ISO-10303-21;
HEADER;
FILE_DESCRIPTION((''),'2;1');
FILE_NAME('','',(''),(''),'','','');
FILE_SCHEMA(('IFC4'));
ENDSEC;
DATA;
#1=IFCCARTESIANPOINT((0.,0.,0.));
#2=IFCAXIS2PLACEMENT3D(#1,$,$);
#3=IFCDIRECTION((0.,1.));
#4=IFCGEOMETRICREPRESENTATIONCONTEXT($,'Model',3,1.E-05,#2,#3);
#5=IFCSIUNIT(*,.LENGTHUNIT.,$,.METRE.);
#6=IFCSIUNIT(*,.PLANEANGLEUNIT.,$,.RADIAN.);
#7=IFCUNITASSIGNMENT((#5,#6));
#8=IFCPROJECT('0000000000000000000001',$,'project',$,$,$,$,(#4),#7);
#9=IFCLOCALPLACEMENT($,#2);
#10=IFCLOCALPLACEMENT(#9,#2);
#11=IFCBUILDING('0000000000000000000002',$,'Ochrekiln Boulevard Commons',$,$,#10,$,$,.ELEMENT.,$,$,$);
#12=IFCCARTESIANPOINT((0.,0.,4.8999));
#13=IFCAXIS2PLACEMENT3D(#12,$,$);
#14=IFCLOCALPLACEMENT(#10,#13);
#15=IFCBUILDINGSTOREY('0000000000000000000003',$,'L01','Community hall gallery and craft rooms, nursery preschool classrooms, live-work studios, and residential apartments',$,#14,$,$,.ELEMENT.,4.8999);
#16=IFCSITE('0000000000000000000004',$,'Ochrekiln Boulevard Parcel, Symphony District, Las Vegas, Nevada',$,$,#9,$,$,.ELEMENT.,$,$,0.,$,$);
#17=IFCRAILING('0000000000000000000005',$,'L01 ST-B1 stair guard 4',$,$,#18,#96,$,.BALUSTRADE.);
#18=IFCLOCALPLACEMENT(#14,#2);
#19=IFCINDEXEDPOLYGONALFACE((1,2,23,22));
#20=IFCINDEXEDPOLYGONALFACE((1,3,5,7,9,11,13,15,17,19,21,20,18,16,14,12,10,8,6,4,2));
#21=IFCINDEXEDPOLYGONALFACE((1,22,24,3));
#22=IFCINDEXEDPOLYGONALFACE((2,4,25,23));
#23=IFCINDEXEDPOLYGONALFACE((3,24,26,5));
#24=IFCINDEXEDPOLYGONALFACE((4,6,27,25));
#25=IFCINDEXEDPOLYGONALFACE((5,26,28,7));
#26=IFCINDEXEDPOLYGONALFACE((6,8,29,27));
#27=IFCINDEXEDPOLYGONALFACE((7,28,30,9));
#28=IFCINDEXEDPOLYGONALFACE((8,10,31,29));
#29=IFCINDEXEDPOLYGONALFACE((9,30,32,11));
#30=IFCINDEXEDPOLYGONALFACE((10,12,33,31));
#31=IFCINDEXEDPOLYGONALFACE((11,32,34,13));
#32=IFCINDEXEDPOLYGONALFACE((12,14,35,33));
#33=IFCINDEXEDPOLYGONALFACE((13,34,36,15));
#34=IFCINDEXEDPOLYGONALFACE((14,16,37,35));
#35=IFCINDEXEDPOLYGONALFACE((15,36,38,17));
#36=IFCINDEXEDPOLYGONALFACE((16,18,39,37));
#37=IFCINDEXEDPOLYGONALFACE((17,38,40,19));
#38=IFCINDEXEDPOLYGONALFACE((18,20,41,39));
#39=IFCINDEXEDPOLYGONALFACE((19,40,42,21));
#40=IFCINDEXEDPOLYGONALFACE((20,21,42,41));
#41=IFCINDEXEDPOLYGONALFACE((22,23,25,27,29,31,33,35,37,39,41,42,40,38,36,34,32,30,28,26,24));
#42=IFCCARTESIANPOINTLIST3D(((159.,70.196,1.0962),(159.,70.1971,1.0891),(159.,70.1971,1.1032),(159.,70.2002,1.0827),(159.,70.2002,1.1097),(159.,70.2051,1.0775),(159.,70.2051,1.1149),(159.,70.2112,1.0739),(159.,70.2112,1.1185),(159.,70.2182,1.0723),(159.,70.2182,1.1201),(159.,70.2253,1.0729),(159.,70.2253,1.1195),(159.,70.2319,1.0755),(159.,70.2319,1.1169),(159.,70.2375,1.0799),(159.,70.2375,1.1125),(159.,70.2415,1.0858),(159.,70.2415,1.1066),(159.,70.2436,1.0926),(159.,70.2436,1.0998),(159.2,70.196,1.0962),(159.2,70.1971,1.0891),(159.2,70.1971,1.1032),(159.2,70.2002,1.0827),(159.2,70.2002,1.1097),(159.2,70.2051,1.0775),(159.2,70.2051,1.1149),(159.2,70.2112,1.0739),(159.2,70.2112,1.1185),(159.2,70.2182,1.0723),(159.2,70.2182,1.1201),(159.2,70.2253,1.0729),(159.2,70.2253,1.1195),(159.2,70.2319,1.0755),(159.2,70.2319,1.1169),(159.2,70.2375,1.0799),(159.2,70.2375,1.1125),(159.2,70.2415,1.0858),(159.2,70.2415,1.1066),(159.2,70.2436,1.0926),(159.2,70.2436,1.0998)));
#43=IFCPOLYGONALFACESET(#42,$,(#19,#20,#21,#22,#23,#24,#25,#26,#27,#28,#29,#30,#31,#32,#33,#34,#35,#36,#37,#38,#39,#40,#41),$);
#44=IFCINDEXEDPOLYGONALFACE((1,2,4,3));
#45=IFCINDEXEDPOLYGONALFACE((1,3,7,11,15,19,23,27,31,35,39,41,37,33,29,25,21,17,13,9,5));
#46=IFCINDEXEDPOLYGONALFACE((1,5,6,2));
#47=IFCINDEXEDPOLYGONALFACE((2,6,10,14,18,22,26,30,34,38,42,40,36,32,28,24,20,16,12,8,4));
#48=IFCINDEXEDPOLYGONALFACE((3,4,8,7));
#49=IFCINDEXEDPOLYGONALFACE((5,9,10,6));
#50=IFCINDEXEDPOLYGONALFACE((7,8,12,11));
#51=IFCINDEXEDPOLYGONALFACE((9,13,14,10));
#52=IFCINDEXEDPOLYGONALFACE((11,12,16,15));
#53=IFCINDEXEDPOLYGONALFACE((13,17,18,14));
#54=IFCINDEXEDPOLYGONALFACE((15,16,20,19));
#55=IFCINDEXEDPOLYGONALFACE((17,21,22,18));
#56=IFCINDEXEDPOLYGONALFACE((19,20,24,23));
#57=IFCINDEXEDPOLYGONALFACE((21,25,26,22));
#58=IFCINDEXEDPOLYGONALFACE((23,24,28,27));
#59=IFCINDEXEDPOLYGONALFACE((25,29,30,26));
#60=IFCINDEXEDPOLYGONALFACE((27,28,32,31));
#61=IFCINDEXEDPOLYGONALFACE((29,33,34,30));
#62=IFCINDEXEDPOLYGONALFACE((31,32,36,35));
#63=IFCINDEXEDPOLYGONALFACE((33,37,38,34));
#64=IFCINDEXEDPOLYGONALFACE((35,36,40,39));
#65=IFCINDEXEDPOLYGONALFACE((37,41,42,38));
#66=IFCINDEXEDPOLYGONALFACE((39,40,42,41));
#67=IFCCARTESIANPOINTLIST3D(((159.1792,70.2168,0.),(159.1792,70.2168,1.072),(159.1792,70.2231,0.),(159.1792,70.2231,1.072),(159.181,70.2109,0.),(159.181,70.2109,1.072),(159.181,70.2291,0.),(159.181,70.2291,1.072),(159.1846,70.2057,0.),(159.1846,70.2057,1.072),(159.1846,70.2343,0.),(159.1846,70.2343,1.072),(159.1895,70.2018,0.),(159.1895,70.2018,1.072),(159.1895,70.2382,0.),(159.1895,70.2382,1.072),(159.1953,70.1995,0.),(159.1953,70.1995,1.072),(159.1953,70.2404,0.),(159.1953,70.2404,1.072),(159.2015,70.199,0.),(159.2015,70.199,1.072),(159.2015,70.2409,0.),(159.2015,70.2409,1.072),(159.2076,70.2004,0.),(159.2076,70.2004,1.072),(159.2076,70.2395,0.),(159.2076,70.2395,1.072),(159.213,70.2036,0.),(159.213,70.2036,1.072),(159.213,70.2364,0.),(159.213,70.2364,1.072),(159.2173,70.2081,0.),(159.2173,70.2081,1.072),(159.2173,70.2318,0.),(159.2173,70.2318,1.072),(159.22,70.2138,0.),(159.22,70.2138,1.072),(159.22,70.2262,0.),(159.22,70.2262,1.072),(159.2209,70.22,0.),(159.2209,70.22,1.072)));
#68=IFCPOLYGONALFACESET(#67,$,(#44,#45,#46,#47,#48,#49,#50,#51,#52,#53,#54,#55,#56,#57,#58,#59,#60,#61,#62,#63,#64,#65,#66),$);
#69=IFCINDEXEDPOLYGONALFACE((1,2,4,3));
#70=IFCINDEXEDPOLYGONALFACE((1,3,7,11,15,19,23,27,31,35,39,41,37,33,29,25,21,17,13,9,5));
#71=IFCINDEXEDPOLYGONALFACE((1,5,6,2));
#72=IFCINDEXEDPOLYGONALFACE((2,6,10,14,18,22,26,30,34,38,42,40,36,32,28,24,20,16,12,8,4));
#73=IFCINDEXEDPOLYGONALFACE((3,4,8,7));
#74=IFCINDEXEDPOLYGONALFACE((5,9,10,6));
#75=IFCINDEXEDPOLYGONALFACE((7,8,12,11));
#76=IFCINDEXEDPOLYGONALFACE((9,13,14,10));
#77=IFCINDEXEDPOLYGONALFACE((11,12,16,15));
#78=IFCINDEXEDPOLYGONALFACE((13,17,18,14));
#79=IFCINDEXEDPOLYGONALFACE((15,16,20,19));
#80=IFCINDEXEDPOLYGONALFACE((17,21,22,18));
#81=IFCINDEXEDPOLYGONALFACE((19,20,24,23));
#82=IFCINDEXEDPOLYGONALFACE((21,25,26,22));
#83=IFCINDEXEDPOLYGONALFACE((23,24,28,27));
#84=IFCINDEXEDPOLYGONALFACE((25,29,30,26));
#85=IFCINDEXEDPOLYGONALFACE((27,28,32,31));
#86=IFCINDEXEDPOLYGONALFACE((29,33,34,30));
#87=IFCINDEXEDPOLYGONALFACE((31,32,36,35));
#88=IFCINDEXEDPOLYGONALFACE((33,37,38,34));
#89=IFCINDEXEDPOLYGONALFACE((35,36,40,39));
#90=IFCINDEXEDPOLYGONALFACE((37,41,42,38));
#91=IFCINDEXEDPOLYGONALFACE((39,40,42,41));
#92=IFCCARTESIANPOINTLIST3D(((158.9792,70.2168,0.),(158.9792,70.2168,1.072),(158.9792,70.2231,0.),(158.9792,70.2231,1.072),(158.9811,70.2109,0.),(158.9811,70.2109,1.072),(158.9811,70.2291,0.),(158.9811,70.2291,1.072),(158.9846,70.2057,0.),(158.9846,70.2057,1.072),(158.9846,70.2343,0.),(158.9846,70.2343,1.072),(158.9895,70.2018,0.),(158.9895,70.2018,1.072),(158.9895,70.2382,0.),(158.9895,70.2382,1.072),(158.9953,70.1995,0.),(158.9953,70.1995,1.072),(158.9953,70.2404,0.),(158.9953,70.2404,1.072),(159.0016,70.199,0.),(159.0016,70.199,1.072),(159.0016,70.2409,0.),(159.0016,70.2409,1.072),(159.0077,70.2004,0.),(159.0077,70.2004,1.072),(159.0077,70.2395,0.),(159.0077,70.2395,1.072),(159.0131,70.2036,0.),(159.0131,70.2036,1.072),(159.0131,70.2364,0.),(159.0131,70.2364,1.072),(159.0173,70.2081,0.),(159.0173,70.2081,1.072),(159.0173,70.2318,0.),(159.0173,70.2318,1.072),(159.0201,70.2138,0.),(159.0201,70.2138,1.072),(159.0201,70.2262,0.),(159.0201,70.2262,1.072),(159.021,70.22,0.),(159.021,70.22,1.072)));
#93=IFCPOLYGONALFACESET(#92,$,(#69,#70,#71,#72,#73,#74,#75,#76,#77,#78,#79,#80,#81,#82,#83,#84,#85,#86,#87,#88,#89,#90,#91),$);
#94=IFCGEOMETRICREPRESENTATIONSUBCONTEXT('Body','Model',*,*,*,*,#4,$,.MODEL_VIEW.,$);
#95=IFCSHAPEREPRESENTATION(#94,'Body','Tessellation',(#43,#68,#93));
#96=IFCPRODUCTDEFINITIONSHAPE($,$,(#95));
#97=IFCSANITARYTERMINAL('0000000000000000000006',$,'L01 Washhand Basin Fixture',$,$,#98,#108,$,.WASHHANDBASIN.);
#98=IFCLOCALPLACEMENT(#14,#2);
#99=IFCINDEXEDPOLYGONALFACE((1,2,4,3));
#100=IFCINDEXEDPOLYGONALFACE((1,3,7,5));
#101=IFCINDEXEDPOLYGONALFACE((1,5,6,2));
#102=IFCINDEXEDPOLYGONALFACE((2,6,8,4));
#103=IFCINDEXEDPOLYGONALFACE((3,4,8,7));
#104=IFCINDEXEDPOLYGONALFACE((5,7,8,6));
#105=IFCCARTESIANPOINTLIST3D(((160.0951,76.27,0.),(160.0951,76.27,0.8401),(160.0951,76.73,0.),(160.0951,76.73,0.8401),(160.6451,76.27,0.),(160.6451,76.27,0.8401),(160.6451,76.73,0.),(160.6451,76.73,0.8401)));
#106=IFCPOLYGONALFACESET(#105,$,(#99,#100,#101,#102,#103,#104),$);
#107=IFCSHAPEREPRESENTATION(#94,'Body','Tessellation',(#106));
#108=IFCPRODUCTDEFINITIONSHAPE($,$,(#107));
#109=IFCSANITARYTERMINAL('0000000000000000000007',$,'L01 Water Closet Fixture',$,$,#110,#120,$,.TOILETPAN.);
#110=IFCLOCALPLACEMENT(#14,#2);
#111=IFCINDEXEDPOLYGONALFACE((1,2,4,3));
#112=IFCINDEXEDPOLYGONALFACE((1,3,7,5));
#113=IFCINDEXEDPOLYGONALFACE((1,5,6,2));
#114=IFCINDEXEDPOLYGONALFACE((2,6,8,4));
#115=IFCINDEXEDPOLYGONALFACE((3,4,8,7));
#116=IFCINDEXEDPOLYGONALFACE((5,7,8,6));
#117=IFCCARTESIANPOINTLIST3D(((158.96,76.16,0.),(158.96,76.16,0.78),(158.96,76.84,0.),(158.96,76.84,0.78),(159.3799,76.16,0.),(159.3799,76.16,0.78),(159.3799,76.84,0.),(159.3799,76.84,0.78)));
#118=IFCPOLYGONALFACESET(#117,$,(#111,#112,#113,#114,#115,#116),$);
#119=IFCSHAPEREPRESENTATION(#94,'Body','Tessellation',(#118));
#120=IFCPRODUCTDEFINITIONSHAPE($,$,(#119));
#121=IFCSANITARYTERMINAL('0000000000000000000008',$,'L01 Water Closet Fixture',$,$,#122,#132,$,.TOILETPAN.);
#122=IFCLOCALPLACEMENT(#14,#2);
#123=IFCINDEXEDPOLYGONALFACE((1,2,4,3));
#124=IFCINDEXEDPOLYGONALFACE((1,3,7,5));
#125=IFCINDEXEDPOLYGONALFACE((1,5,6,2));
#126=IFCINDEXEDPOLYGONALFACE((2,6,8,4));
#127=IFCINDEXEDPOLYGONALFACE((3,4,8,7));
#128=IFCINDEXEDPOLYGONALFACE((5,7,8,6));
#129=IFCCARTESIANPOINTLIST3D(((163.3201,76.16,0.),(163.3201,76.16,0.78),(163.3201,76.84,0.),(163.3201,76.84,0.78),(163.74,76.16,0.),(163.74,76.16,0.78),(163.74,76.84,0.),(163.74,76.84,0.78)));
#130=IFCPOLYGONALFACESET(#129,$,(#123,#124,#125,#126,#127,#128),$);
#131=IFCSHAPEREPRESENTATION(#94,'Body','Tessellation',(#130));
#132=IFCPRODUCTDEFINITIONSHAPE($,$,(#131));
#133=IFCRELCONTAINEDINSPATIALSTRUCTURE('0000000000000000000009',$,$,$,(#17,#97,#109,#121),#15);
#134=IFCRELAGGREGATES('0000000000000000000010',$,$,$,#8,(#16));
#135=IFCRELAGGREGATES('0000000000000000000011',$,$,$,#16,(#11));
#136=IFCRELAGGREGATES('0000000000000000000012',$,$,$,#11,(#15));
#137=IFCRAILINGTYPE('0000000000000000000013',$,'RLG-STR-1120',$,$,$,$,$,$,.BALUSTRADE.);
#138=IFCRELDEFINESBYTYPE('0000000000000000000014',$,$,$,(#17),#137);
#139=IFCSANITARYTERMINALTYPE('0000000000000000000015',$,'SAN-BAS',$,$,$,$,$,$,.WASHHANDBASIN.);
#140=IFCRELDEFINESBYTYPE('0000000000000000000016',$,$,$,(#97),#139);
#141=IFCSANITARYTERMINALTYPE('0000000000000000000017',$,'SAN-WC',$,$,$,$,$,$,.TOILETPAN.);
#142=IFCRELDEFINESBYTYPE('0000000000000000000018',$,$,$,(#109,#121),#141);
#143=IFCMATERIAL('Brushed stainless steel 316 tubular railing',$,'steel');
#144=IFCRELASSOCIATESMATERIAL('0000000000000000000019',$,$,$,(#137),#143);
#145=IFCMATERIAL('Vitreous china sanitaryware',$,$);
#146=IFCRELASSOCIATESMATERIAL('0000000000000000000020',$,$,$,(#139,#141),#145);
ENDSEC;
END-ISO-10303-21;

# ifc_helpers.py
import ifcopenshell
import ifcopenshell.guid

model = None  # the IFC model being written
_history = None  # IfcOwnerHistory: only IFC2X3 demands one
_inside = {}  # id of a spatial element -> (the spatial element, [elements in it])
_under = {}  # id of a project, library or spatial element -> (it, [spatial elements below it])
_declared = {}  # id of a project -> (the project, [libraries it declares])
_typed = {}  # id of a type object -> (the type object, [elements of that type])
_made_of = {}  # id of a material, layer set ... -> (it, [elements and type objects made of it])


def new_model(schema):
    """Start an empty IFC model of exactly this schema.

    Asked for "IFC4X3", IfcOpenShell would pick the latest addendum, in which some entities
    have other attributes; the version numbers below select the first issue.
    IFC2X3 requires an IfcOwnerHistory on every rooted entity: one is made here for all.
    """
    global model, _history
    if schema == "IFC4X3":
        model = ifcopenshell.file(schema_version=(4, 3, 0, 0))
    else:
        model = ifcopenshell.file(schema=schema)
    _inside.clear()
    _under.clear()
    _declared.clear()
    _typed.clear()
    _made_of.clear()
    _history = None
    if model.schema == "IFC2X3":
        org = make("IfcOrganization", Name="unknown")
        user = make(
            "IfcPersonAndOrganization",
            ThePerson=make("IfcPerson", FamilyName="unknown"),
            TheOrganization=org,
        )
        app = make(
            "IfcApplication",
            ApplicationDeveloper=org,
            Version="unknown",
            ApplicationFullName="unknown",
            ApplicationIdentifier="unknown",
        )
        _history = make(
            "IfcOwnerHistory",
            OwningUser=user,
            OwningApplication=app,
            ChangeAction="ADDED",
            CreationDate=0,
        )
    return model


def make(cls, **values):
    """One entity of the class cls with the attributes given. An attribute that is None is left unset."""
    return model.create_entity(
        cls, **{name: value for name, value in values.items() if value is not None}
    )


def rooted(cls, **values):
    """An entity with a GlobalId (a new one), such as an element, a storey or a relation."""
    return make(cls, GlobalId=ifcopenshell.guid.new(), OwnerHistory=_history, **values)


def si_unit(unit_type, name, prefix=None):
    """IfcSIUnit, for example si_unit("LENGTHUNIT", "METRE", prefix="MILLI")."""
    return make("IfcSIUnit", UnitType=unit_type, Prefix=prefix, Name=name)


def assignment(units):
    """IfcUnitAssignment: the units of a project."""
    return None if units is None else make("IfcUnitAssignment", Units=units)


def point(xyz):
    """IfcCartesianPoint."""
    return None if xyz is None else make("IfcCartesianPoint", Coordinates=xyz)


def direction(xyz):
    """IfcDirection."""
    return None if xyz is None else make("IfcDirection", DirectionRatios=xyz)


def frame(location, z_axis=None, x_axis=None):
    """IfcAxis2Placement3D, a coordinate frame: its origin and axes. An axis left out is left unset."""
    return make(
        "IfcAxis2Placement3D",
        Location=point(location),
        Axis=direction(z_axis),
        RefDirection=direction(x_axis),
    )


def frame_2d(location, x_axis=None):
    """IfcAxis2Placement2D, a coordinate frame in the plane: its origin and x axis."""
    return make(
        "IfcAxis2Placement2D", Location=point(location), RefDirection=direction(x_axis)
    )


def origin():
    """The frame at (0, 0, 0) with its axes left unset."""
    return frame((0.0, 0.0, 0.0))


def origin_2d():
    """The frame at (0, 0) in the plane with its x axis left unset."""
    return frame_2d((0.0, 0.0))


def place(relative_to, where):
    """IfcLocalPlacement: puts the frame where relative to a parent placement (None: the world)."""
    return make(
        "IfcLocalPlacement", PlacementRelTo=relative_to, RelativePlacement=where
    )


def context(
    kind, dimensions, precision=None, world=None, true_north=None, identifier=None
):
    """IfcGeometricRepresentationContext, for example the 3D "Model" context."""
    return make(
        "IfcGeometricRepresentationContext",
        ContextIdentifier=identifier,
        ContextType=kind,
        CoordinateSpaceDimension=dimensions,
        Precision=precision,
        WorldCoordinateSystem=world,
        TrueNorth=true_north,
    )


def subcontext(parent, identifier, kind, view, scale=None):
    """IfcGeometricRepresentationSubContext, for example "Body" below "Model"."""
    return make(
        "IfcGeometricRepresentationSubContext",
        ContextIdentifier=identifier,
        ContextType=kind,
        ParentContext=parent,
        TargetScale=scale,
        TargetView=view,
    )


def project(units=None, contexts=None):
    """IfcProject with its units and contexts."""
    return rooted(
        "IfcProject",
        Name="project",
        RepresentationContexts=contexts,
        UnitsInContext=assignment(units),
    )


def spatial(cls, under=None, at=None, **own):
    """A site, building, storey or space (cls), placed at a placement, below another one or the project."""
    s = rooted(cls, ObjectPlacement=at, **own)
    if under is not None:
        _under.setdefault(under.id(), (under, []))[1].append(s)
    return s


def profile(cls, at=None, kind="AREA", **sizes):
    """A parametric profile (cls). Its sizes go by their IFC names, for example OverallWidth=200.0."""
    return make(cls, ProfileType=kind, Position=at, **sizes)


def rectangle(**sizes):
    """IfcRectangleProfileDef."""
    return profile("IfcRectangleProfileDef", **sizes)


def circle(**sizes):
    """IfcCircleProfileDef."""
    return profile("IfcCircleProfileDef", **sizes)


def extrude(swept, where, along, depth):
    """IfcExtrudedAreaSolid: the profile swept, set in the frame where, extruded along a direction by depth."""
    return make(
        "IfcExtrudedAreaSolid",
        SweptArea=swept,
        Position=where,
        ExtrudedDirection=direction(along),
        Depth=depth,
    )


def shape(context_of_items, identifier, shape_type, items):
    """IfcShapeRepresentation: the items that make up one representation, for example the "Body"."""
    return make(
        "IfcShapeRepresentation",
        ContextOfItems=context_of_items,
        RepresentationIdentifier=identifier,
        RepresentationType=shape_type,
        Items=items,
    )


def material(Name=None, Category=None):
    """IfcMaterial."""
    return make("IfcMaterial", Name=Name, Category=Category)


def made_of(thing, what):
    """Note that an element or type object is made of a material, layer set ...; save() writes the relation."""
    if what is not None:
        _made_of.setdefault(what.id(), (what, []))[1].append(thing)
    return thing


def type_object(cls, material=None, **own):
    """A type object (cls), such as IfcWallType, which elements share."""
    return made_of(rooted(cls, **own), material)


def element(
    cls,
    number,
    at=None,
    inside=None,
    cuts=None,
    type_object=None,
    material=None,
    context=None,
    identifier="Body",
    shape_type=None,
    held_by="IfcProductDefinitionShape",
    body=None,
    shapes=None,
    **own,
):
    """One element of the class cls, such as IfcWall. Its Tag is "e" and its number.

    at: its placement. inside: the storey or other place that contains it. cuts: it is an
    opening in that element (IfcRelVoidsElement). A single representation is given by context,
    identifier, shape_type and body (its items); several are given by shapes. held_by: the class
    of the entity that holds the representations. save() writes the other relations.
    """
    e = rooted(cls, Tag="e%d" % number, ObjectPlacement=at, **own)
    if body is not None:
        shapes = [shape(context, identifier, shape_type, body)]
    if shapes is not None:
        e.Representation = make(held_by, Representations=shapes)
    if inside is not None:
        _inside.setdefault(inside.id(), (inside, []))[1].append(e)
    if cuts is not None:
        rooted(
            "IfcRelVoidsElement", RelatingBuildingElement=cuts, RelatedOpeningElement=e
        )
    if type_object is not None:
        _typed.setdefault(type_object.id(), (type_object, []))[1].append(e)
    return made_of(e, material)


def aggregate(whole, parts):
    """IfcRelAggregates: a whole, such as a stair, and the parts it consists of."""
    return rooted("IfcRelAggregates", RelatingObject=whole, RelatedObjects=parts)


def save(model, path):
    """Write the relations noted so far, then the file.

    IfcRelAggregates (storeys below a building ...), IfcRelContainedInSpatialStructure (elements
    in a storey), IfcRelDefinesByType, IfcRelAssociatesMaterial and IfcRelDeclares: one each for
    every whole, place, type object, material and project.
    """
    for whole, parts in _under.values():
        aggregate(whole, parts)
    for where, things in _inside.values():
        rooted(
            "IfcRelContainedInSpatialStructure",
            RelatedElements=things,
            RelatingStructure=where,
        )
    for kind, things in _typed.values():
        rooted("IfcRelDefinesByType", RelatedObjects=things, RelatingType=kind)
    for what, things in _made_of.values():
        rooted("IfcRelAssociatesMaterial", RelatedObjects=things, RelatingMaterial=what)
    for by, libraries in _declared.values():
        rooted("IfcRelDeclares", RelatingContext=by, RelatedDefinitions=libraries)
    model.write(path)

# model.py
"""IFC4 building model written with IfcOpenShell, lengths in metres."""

from ifc_helpers import new_model, si_unit, direction, frame, origin, origin_2d, place, context, subcontext, project, spatial, rectangle, circle, extrude, material, type_object, element, save


model = new_model("IFC4")

# Units and contexts
model_context = context("Model", 3, precision=1e-05, world=origin(), true_north=direction((0.0, 1.0)))
body_context = subcontext(model_context, "Body", "Model", "MODEL_VIEW")
ifc_project = project(units=[si_unit("LENGTHUNIT", "METRE"), si_unit("PLANEANGLEUNIT", "RADIAN")], contexts=[model_context])

# Site, building, storey
site_placement = place(None, origin())
site = spatial("IfcSite", under=ifc_project, at=site_placement, Name="Ochrekiln Boulevard Parcel, Symphony District, Las Vegas, Nevada", CompositionType="ELEMENT", RefElevation=0.0)
building_placement = place(site_placement, origin())
building = spatial("IfcBuilding", under=site, at=building_placement, Name="Ochrekiln Boulevard Commons", CompositionType="ELEMENT")
storey_placement = place(building_placement, frame((0.0, 0.0, 4.8999)))
storey = spatial("IfcBuildingStorey", under=building, at=storey_placement, Name="L01", Description="Community hall gallery and craft rooms, nursery preschool classrooms, live-work studios, and residential apartments", CompositionType="ELEMENT", Elevation=4.8999)

# Railing
ifc_material_1 = material(Name="Brushed stainless steel 316 tubular railing", Category="steel")
railing_type_1 = type_object("IfcRailingType", Name="RLG-STR-1120", PredefinedType="BALUSTRADE", material=ifc_material_1)
railing_1_placement = place(storey_placement, frame((159.2, 70.22, 0.0)))
element("IfcRailing", 1, at=railing_1_placement, inside=storey, type_object=railing_type_1, Name="L01 ST-B1 stair guard 4", PredefinedType="BALUSTRADE", context=body_context, shape_type="SweptSolid", body=[
    extrude(circle(Radius=0.0239, at=origin_2d()), frame((0.0, 0.0, 1.0962), z_axis=(-1.0, 0.0, 0.0), x_axis=(0.0, -1.0, 0.0)), (0.0, 0.0, 1.0), 0.2),
    extrude(circle(Radius=0.021, at=origin_2d()), origin(), (0.0, 0.0, 1.0), 1.072),
    extrude(circle(Radius=0.021, at=origin_2d()), frame((-0.2, 0.0, 0.0)), (0.0, 0.0, 1.0), 1.072),
])

# Sanitary terminals
ifc_material_2 = material(Name="Vitreous china sanitaryware")
sanitary_terminal_type_1 = type_object("IfcSanitaryTerminalType", Name="SAN-BAS", PredefinedType="WASHHANDBASIN", material=ifc_material_2)
sanitary_terminal_placement = place(storey_placement, frame((160.3701, 76.5, 0.0), z_axis=(0.0, 0.0, 1.0), x_axis=(1.0, 0.0, 0.0)))
element("IfcSanitaryTerminal", 2, at=sanitary_terminal_placement, inside=storey, type_object=sanitary_terminal_type_1, Name="L01 Washhand Basin Fixture", PredefinedType="WASHHANDBASIN", context=body_context, shape_type="SweptSolid", body=[
    extrude(rectangle(XDim=0.55, YDim=0.46, at=origin_2d()), origin(), (0.0, 0.0, 1.0), 0.8401),
])
sanitary_terminal_type_2 = type_object("IfcSanitaryTerminalType", Name="SAN-WC", PredefinedType="TOILETPAN", material=ifc_material_2)
for number, where, z_axis, x_axis, name in (
    (3, (159.1699, 76.5, 0.0), (0.0, 0.0, 1.0), (1.0, 0.0, 0.0), "L01 Water Closet Fixture"),
    (4, (163.53, 76.5, 0.0), (0.0, 0.0, 1.0), (1.0, 0.0, 0.0), "L01 Water Closet Fixture"),
):
    element("IfcSanitaryTerminal", number, at=place(storey_placement, frame(where, z_axis=z_axis, x_axis=x_axis)), inside=storey, type_object=sanitary_terminal_type_2, Name=name, PredefinedType="TOILETPAN", context=body_context, shape_type="SweptSolid", body=[
        extrude(rectangle(XDim=0.4199, YDim=0.6799, at=origin_2d()), origin(), (0.0, 0.0, 1.0), 0.78),
    ])

save(model, "model.ifc")
